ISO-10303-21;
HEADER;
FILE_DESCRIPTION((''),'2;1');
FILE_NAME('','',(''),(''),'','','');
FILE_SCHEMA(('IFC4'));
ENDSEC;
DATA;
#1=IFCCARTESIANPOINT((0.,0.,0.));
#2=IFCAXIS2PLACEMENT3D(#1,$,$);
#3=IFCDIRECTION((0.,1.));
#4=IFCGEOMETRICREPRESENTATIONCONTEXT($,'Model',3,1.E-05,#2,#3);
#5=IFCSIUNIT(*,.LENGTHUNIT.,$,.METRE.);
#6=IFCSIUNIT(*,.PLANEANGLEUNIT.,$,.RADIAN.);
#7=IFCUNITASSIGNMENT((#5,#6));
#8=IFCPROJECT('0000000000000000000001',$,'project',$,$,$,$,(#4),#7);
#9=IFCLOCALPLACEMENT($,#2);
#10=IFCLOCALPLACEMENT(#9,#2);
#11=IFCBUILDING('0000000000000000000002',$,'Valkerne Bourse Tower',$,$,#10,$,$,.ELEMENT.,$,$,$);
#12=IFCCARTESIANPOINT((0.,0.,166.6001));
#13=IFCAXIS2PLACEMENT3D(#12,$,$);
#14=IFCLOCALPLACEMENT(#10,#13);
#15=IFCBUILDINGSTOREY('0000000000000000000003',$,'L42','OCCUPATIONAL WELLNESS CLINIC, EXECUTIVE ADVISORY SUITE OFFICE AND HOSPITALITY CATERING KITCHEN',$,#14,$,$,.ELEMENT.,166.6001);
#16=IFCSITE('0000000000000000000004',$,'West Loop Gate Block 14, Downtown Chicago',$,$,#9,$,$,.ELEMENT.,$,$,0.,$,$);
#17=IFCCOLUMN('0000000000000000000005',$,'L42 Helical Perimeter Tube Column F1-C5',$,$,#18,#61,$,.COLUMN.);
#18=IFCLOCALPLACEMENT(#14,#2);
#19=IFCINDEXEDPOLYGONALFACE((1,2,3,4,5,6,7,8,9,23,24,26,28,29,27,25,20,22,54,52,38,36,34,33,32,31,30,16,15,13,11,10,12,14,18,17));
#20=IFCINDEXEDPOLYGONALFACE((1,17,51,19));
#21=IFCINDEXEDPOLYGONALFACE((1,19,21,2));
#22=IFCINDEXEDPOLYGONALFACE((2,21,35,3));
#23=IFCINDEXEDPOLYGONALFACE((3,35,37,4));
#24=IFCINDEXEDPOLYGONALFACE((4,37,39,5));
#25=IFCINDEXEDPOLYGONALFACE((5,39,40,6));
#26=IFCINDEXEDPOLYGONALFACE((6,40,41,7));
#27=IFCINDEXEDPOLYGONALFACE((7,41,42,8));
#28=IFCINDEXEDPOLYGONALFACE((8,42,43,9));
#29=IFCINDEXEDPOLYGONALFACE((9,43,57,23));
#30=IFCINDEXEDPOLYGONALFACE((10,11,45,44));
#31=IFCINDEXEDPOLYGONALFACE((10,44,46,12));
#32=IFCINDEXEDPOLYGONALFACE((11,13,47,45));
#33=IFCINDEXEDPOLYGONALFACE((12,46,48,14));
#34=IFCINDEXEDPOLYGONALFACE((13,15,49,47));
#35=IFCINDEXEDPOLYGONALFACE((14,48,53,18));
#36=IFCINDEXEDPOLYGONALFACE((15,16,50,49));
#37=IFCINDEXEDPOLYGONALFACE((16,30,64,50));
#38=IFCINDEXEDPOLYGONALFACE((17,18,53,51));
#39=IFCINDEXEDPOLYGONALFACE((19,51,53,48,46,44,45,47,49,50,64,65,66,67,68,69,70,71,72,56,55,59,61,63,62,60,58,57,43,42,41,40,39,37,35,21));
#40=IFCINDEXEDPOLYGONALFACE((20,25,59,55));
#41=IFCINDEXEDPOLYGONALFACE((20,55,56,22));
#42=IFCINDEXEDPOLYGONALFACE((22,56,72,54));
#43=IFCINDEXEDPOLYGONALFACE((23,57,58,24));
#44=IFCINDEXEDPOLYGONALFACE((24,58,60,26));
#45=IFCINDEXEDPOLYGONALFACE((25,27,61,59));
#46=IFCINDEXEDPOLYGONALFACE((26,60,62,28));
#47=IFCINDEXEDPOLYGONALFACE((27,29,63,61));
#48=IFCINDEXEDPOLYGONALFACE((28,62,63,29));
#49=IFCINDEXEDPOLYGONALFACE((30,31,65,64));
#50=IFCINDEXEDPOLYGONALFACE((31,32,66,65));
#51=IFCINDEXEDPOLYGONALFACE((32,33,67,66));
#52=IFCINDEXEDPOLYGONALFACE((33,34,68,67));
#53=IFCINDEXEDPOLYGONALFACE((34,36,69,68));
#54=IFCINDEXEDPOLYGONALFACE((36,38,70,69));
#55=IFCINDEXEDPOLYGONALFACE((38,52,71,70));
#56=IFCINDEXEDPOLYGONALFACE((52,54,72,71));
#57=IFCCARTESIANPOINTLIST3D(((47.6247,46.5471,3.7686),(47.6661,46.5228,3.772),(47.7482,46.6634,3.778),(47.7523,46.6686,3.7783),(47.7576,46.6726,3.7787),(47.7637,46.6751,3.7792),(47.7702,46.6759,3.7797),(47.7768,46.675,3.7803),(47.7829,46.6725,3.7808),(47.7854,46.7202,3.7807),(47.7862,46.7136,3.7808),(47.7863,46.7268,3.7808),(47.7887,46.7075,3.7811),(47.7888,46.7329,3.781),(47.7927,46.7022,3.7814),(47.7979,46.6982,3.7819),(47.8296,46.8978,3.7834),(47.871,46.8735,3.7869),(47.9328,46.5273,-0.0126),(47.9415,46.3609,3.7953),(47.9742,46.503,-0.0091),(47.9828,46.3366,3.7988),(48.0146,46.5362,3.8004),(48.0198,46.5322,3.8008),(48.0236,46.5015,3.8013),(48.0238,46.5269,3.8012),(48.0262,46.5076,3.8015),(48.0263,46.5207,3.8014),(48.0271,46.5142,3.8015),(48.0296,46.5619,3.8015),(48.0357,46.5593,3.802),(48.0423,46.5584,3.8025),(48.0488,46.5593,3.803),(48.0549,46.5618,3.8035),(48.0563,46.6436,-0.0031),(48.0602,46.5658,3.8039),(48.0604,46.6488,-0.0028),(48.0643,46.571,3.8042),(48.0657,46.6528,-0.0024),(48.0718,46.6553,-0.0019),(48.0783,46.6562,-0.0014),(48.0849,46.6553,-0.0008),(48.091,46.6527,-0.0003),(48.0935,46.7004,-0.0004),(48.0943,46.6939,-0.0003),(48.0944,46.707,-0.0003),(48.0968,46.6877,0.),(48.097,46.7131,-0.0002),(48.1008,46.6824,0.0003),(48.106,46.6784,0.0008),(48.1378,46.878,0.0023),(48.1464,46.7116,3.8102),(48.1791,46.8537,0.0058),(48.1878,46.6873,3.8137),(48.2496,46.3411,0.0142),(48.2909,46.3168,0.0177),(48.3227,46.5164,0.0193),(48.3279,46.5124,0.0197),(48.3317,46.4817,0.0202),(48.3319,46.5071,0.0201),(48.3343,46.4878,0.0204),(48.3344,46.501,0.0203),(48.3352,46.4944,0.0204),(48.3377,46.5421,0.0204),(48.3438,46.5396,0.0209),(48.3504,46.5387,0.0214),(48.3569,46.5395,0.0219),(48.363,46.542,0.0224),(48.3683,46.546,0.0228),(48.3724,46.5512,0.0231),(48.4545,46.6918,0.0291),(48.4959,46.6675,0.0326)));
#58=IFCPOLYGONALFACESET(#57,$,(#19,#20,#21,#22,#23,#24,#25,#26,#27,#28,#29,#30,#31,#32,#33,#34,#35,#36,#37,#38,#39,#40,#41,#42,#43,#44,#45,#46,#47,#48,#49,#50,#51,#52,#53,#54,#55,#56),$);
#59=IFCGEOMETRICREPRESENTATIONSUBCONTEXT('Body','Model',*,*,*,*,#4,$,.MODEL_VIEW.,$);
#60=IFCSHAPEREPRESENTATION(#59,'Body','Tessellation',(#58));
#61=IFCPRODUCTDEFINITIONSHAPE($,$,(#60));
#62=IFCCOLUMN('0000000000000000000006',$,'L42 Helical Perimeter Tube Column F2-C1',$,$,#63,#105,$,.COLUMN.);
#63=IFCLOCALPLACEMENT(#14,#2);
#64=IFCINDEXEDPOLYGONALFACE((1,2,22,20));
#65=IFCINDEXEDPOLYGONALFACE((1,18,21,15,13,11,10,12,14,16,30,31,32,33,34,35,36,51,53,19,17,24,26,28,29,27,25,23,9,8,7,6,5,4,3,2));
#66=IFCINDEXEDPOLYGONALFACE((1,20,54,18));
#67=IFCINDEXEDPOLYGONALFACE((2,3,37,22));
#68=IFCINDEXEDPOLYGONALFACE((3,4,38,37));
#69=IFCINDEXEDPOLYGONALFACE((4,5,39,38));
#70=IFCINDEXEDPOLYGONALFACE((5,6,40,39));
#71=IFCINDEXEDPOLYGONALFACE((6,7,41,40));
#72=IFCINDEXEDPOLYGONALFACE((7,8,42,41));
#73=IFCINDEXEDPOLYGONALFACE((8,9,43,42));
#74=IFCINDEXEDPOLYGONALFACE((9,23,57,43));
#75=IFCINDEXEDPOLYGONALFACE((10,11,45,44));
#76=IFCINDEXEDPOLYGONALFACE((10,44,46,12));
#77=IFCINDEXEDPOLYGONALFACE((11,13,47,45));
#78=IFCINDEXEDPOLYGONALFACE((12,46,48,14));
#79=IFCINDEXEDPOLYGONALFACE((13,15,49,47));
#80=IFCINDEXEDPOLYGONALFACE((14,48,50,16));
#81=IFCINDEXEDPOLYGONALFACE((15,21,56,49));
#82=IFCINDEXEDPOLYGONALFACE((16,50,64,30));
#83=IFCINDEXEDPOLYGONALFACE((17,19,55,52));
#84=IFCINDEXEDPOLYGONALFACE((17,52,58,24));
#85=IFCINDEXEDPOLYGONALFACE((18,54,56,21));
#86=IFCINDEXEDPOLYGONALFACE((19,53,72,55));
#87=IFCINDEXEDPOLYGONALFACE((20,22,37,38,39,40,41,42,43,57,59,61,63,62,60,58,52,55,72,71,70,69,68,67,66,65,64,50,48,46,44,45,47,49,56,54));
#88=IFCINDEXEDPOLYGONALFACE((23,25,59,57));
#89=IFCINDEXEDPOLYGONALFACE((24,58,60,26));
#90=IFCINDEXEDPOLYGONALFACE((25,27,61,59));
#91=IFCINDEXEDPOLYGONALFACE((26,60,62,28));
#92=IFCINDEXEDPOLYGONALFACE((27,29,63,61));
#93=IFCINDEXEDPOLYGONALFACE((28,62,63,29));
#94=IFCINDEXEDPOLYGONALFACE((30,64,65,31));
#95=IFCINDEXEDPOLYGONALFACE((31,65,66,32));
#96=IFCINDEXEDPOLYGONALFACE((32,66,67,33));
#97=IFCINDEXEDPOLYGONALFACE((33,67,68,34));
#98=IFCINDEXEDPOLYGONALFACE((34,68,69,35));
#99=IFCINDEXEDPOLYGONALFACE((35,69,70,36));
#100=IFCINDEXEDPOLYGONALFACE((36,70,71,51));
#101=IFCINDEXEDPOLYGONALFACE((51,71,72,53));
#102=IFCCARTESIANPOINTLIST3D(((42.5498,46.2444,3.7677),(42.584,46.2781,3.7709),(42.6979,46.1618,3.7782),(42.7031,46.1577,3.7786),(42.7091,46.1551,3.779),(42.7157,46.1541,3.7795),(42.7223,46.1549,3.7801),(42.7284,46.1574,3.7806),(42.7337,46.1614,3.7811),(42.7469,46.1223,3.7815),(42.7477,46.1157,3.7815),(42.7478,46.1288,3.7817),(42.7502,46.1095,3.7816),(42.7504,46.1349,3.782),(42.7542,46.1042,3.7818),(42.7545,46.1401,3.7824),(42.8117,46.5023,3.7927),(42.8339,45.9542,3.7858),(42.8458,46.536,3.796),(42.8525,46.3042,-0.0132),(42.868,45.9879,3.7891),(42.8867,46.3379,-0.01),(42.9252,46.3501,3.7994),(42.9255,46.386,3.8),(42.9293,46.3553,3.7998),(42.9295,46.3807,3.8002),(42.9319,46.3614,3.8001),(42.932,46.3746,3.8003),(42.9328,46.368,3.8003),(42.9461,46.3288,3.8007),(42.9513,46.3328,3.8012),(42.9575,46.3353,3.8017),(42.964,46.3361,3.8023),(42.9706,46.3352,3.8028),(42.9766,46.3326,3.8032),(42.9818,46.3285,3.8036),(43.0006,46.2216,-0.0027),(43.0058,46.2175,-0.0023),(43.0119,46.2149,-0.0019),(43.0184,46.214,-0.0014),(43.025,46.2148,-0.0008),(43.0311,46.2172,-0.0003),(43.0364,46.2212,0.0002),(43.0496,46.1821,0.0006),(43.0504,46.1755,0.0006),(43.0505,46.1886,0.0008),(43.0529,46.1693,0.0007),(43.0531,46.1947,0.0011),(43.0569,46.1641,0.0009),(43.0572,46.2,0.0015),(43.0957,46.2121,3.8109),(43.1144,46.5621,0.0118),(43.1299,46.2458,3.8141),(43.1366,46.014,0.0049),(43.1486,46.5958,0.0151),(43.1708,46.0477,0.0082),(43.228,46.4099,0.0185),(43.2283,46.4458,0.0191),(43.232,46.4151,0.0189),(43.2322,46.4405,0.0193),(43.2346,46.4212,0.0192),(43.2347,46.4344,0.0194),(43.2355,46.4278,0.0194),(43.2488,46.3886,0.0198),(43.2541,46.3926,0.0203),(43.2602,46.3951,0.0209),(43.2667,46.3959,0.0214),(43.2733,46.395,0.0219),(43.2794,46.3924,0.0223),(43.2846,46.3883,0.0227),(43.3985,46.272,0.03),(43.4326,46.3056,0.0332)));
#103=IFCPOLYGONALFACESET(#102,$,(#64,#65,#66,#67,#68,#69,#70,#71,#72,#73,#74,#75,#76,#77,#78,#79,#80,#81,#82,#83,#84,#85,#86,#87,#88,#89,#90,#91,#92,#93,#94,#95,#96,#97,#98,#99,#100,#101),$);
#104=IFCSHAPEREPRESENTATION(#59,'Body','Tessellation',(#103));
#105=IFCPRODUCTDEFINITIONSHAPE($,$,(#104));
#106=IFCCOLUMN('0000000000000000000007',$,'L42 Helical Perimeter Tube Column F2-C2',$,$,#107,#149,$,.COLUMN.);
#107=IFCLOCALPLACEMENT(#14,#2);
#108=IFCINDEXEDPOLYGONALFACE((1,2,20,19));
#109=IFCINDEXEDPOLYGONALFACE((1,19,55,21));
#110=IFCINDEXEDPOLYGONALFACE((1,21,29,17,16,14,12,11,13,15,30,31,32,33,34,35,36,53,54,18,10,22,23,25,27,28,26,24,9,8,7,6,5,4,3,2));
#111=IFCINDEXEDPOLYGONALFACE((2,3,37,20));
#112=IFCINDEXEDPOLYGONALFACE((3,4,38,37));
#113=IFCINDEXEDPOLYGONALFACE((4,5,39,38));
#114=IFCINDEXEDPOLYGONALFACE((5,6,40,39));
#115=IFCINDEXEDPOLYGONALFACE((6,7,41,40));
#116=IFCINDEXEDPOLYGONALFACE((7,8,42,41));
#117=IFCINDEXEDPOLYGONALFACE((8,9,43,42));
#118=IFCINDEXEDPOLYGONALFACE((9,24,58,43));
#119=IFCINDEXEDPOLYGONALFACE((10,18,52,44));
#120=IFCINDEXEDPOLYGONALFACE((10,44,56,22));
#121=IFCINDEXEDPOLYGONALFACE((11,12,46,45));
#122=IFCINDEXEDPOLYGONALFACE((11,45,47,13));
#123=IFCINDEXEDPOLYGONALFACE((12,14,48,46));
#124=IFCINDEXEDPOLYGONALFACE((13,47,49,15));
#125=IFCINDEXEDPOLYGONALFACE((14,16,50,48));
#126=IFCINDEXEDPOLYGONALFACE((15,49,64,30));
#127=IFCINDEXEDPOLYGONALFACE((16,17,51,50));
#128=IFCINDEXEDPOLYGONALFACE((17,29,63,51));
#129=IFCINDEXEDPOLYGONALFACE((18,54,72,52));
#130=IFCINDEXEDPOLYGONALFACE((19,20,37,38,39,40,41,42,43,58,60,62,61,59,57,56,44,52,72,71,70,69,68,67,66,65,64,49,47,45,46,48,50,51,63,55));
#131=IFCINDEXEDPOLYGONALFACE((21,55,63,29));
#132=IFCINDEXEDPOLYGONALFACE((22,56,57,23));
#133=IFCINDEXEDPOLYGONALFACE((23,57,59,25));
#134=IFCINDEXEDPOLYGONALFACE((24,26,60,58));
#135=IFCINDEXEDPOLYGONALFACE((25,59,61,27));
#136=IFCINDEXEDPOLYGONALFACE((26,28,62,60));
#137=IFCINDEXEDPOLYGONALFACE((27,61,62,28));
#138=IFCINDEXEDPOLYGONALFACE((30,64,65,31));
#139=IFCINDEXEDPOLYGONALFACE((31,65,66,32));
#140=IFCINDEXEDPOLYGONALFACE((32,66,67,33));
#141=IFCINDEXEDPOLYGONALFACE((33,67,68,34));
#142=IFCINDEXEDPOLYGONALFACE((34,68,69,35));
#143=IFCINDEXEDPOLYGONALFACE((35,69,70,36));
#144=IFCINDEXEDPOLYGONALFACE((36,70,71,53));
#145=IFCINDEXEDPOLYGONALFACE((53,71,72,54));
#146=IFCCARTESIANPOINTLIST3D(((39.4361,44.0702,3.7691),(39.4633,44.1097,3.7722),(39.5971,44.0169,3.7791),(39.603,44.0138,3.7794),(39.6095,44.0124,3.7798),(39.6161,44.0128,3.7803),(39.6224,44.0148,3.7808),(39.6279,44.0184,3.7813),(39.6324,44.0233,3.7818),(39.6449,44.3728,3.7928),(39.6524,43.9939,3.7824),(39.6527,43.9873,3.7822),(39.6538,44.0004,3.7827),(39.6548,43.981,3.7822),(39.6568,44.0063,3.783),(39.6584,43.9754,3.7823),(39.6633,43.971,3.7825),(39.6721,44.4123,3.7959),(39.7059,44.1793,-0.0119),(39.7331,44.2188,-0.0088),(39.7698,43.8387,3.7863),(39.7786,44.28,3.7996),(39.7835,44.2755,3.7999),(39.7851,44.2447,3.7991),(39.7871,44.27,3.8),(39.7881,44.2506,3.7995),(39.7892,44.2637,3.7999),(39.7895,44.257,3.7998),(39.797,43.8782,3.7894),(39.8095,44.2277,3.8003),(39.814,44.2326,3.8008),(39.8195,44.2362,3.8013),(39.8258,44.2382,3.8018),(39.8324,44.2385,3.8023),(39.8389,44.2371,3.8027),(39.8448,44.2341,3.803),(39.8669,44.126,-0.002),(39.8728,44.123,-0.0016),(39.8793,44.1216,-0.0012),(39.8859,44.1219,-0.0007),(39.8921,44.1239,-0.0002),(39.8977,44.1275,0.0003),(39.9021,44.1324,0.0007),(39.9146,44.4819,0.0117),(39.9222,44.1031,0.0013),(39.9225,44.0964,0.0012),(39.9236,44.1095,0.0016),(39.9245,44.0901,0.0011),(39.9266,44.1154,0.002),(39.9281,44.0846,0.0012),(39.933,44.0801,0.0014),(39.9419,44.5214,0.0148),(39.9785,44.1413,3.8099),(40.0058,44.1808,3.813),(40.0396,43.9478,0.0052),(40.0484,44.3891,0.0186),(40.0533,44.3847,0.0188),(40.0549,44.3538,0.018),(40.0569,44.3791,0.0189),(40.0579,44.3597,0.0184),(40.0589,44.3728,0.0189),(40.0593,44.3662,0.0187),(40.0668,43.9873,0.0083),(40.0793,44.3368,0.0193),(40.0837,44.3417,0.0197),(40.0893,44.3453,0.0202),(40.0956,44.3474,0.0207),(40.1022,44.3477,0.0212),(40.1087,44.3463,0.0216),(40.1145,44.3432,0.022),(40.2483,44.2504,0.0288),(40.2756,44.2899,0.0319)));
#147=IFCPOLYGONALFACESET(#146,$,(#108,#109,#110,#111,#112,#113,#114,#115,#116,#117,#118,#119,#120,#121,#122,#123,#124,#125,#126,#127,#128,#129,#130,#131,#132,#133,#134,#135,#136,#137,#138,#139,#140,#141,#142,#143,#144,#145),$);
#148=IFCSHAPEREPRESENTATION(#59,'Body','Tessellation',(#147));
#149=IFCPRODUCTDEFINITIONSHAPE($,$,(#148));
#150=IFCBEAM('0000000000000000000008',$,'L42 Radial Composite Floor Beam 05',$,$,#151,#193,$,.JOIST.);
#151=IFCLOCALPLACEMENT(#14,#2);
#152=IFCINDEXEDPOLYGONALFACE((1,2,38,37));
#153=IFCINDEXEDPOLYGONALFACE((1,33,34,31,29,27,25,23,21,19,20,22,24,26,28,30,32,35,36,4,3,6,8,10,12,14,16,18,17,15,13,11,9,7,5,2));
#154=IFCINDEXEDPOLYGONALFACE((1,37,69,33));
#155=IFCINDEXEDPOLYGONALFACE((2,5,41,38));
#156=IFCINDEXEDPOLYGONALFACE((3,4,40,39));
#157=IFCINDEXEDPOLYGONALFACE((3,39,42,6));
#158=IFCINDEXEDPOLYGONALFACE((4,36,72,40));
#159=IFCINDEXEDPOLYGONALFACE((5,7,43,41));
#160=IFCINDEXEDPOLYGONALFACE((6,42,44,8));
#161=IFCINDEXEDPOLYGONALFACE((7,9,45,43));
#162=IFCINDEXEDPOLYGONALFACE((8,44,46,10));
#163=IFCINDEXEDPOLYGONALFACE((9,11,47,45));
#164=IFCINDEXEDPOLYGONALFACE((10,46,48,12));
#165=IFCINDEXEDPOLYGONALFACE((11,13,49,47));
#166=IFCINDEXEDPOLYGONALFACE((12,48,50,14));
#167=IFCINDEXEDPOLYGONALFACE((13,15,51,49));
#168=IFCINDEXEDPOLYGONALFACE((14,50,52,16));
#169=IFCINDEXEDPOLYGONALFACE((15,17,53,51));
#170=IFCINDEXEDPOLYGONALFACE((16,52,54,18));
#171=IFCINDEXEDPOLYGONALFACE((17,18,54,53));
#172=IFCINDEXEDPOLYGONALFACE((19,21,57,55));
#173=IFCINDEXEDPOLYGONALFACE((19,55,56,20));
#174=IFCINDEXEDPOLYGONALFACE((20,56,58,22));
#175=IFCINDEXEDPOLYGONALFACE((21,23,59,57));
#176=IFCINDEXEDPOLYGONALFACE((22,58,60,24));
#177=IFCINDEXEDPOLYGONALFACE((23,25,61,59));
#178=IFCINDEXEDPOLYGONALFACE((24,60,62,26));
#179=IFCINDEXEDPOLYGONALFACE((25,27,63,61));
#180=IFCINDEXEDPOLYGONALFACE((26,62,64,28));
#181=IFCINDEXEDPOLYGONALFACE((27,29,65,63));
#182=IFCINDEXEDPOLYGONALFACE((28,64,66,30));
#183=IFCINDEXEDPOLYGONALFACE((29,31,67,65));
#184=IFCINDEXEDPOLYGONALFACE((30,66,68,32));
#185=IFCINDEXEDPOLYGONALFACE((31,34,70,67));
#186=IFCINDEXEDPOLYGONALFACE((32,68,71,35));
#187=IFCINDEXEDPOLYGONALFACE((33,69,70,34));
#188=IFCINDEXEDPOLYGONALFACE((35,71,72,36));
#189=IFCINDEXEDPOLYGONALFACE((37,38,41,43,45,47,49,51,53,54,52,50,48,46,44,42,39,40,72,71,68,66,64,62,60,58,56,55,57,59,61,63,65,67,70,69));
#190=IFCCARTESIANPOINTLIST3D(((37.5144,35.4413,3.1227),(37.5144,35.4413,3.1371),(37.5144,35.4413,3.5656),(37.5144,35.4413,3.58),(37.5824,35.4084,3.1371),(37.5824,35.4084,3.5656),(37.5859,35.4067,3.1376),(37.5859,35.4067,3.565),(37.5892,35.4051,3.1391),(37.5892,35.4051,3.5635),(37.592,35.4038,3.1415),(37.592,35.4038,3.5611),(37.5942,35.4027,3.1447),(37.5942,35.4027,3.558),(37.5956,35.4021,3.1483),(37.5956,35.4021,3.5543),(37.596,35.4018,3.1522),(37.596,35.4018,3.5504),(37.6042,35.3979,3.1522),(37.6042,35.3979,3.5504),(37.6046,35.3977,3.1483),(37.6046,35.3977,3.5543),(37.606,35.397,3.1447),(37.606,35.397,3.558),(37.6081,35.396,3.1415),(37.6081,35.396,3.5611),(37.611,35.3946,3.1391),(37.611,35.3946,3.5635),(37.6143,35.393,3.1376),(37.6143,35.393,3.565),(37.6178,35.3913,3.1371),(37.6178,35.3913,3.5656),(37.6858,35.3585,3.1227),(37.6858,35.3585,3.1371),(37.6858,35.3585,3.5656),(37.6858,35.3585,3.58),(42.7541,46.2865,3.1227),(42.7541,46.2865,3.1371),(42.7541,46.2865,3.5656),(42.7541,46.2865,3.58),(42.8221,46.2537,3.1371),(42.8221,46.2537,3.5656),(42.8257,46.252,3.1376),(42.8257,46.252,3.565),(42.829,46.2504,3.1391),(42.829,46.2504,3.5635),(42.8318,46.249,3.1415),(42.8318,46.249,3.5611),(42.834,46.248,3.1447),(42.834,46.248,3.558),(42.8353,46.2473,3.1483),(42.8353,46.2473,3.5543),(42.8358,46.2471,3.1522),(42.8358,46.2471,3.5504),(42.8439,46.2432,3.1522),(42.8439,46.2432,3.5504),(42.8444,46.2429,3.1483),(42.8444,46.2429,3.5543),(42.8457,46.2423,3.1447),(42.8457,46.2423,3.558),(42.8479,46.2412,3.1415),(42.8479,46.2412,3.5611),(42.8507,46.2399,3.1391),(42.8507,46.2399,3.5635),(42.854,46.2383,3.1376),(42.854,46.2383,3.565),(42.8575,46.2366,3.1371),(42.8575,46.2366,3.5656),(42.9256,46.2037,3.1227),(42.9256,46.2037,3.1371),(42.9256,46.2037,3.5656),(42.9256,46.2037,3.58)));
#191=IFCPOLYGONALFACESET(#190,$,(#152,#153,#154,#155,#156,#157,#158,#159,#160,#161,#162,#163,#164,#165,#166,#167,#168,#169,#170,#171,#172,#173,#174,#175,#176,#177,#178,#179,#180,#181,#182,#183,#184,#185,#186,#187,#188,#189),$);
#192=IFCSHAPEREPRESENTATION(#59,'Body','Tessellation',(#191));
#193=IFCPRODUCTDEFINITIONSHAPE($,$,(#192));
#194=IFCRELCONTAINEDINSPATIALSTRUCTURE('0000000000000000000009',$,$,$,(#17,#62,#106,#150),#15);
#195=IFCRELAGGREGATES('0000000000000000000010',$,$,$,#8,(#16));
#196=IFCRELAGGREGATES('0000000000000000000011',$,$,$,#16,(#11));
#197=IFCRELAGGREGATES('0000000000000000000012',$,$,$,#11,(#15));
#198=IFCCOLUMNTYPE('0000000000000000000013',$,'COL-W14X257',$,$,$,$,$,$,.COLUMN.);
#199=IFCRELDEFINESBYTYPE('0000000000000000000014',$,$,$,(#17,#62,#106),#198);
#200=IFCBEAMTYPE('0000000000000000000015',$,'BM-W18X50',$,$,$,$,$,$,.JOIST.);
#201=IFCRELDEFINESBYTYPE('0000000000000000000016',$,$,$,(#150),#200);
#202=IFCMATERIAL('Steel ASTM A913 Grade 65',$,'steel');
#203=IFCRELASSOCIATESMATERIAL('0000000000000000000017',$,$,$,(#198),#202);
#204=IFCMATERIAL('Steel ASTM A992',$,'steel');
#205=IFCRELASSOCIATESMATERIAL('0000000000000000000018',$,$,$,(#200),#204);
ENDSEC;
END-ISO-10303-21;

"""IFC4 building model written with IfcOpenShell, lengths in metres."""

from ifc_helpers import new_model, si_unit, direction, frame, origin, origin_2d, place, context, subcontext, project, spatial, i_section, extrude, material, material_profile, profile_set, type_object, element, save


model = new_model("IFC4")

# Units and contexts
model_context = context("Model", 3, precision=1e-05, world=origin(), true_north=direction((0.0, 1.0)))
body_context = subcontext(model_context, "Body", "Model", "MODEL_VIEW")
ifc_project = project(units=[si_unit("LENGTHUNIT", "METRE"), si_unit("PLANEANGLEUNIT", "RADIAN")], contexts=[model_context])

# Site, building, storey
site_placement = place(None, origin())
site = spatial("IfcSite", under=ifc_project, at=site_placement, Name="West Loop Gate Block 14, Downtown Chicago", CompositionType="ELEMENT", RefElevation=0.0)
building_placement = place(site_placement, origin())
building = spatial("IfcBuilding", under=site, at=building_placement, Name="Valkerne Bourse Tower", CompositionType="ELEMENT")
storey_placement = place(building_placement, frame((0.0, 0.0, 166.6001)))
storey = spatial("IfcBuildingStorey", under=building, at=storey_placement, Name="L42", Description="OCCUPATIONAL WELLNESS CLINIC, EXECUTIVE ADVISORY SUITE OFFICE AND HOSPITALITY CATERING KITCHEN", CompositionType="ELEMENT", Elevation=166.6001)

# Columns
ifc_material_1 = material(Name="Steel ASTM A913 Grade 65", Category="steel")
ifc_material_profile_1 = material_profile(ifc_material_1, i_section(OverallWidth=0.4065, OverallDepth=0.4165, WebThickness=0.0298, FlangeThickness=0.0481, FilletRadius=0.0254, at=origin_2d()), Name="W14X257")
ifc_profile_set_1 = profile_set([ifc_material_profile_1], Name="Steel ASTM A913 Grade 65")
column_type = type_object("IfcColumnType", Name="COL-W14X257", PredefinedType="COLUMN", material=ifc_profile_set_1)
column_1_placement = place(storey_placement, frame((48.2144, 46.5974, 0.01), z_axis=(-0.081217, 0.005213, 0.996683), x_axis=(0.504131, 0.862853, 0.036568)))
element("IfcColumn", 1, at=column_1_placement, inside=storey, type_object=column_type, Name="L42 Helical Perimeter Tube Column F1-C5", PredefinedType="COLUMN", context=body_context, shape_type="SweptSolid", body=[
    extrude(i_section(OverallWidth=0.4065, OverallDepth=0.4165, WebThickness=0.0298, FlangeThickness=0.0481, FilletRadius=0.0254, at=origin_2d()), origin(), (0.0, 0.0, 1.0), 3.7937),
])
column_2_placement = place(storey_placement, frame((43.1426, 46.3049, 0.01), z_axis=(-0.079802, -0.015767, 0.996686), x_axis=(-0.698833, 0.71389, -0.04466)))
element("IfcColumn", 2, at=column_2_placement, inside=storey, type_object=column_type, Name="L42 Helical Perimeter Tube Column F2-C1", PredefinedType="COLUMN", context=body_context, shape_type="SweptSolid", body=[
    extrude(i_section(OverallWidth=0.4065, OverallDepth=0.4165, WebThickness=0.0298, FlangeThickness=0.0481, FilletRadius=0.0254, at=origin_2d()), origin(), (0.0, 0.0, 1.0), 3.7935),
])
column_3_placement = place(storey_placement, frame((39.9907, 44.2346, 0.01), z_axis=(-0.07114, -0.028778, 0.997051), x_axis=(-0.820887, 0.569534, -0.042132)))
element("IfcColumn", 3, at=column_3_placement, inside=storey, type_object=column_type, Name="L42 Helical Perimeter Tube Column F2-C2", PredefinedType="COLUMN", context=body_context, shape_type="SweptSolid", body=[
    extrude(i_section(OverallWidth=0.4065, OverallDepth=0.4165, WebThickness=0.0298, FlangeThickness=0.0481, FilletRadius=0.0254, at=origin_2d()), origin(), (0.0, 0.0, 1.0), 3.7922),
])

# Beam
ifc_material_2 = material(Name="Steel ASTM A992", Category="steel")
ifc_material_profile_2 = material_profile(ifc_material_2, i_section(OverallWidth=0.1904, OverallDepth=0.4573, WebThickness=0.009, FlangeThickness=0.0144, FilletRadius=0.0151, at=origin_2d()), Name="W18X50")
ifc_profile_set_2 = profile_set([ifc_material_profile_2], Name="Steel ASTM A992")
beam_type_1 = type_object("IfcBeamType", Name="BM-W18X50", PredefinedType="JOIST", material=ifc_profile_set_2)
beam_1_placement = place(storey_placement, frame((42.8398, 46.2451, 3.3513), z_axis=(-0.435027, -0.900418, 0.0), x_axis=(0.900418, -0.435027, 0.0)))
element("IfcBeam", 4, at=beam_1_placement, inside=storey, type_object=beam_type_1, Name="L42 Radial Composite Floor Beam 05", PredefinedType="JOIST", context=body_context, shape_type="SweptSolid", body=[
    extrude(i_section(OverallWidth=0.1904, OverallDepth=0.4573, WebThickness=0.009, FlangeThickness=0.0144, FilletRadius=0.0151, at=origin_2d()), origin(), (0.0, 0.0, 1.0), 12.0447),
])

save(model, "model.ifc")
